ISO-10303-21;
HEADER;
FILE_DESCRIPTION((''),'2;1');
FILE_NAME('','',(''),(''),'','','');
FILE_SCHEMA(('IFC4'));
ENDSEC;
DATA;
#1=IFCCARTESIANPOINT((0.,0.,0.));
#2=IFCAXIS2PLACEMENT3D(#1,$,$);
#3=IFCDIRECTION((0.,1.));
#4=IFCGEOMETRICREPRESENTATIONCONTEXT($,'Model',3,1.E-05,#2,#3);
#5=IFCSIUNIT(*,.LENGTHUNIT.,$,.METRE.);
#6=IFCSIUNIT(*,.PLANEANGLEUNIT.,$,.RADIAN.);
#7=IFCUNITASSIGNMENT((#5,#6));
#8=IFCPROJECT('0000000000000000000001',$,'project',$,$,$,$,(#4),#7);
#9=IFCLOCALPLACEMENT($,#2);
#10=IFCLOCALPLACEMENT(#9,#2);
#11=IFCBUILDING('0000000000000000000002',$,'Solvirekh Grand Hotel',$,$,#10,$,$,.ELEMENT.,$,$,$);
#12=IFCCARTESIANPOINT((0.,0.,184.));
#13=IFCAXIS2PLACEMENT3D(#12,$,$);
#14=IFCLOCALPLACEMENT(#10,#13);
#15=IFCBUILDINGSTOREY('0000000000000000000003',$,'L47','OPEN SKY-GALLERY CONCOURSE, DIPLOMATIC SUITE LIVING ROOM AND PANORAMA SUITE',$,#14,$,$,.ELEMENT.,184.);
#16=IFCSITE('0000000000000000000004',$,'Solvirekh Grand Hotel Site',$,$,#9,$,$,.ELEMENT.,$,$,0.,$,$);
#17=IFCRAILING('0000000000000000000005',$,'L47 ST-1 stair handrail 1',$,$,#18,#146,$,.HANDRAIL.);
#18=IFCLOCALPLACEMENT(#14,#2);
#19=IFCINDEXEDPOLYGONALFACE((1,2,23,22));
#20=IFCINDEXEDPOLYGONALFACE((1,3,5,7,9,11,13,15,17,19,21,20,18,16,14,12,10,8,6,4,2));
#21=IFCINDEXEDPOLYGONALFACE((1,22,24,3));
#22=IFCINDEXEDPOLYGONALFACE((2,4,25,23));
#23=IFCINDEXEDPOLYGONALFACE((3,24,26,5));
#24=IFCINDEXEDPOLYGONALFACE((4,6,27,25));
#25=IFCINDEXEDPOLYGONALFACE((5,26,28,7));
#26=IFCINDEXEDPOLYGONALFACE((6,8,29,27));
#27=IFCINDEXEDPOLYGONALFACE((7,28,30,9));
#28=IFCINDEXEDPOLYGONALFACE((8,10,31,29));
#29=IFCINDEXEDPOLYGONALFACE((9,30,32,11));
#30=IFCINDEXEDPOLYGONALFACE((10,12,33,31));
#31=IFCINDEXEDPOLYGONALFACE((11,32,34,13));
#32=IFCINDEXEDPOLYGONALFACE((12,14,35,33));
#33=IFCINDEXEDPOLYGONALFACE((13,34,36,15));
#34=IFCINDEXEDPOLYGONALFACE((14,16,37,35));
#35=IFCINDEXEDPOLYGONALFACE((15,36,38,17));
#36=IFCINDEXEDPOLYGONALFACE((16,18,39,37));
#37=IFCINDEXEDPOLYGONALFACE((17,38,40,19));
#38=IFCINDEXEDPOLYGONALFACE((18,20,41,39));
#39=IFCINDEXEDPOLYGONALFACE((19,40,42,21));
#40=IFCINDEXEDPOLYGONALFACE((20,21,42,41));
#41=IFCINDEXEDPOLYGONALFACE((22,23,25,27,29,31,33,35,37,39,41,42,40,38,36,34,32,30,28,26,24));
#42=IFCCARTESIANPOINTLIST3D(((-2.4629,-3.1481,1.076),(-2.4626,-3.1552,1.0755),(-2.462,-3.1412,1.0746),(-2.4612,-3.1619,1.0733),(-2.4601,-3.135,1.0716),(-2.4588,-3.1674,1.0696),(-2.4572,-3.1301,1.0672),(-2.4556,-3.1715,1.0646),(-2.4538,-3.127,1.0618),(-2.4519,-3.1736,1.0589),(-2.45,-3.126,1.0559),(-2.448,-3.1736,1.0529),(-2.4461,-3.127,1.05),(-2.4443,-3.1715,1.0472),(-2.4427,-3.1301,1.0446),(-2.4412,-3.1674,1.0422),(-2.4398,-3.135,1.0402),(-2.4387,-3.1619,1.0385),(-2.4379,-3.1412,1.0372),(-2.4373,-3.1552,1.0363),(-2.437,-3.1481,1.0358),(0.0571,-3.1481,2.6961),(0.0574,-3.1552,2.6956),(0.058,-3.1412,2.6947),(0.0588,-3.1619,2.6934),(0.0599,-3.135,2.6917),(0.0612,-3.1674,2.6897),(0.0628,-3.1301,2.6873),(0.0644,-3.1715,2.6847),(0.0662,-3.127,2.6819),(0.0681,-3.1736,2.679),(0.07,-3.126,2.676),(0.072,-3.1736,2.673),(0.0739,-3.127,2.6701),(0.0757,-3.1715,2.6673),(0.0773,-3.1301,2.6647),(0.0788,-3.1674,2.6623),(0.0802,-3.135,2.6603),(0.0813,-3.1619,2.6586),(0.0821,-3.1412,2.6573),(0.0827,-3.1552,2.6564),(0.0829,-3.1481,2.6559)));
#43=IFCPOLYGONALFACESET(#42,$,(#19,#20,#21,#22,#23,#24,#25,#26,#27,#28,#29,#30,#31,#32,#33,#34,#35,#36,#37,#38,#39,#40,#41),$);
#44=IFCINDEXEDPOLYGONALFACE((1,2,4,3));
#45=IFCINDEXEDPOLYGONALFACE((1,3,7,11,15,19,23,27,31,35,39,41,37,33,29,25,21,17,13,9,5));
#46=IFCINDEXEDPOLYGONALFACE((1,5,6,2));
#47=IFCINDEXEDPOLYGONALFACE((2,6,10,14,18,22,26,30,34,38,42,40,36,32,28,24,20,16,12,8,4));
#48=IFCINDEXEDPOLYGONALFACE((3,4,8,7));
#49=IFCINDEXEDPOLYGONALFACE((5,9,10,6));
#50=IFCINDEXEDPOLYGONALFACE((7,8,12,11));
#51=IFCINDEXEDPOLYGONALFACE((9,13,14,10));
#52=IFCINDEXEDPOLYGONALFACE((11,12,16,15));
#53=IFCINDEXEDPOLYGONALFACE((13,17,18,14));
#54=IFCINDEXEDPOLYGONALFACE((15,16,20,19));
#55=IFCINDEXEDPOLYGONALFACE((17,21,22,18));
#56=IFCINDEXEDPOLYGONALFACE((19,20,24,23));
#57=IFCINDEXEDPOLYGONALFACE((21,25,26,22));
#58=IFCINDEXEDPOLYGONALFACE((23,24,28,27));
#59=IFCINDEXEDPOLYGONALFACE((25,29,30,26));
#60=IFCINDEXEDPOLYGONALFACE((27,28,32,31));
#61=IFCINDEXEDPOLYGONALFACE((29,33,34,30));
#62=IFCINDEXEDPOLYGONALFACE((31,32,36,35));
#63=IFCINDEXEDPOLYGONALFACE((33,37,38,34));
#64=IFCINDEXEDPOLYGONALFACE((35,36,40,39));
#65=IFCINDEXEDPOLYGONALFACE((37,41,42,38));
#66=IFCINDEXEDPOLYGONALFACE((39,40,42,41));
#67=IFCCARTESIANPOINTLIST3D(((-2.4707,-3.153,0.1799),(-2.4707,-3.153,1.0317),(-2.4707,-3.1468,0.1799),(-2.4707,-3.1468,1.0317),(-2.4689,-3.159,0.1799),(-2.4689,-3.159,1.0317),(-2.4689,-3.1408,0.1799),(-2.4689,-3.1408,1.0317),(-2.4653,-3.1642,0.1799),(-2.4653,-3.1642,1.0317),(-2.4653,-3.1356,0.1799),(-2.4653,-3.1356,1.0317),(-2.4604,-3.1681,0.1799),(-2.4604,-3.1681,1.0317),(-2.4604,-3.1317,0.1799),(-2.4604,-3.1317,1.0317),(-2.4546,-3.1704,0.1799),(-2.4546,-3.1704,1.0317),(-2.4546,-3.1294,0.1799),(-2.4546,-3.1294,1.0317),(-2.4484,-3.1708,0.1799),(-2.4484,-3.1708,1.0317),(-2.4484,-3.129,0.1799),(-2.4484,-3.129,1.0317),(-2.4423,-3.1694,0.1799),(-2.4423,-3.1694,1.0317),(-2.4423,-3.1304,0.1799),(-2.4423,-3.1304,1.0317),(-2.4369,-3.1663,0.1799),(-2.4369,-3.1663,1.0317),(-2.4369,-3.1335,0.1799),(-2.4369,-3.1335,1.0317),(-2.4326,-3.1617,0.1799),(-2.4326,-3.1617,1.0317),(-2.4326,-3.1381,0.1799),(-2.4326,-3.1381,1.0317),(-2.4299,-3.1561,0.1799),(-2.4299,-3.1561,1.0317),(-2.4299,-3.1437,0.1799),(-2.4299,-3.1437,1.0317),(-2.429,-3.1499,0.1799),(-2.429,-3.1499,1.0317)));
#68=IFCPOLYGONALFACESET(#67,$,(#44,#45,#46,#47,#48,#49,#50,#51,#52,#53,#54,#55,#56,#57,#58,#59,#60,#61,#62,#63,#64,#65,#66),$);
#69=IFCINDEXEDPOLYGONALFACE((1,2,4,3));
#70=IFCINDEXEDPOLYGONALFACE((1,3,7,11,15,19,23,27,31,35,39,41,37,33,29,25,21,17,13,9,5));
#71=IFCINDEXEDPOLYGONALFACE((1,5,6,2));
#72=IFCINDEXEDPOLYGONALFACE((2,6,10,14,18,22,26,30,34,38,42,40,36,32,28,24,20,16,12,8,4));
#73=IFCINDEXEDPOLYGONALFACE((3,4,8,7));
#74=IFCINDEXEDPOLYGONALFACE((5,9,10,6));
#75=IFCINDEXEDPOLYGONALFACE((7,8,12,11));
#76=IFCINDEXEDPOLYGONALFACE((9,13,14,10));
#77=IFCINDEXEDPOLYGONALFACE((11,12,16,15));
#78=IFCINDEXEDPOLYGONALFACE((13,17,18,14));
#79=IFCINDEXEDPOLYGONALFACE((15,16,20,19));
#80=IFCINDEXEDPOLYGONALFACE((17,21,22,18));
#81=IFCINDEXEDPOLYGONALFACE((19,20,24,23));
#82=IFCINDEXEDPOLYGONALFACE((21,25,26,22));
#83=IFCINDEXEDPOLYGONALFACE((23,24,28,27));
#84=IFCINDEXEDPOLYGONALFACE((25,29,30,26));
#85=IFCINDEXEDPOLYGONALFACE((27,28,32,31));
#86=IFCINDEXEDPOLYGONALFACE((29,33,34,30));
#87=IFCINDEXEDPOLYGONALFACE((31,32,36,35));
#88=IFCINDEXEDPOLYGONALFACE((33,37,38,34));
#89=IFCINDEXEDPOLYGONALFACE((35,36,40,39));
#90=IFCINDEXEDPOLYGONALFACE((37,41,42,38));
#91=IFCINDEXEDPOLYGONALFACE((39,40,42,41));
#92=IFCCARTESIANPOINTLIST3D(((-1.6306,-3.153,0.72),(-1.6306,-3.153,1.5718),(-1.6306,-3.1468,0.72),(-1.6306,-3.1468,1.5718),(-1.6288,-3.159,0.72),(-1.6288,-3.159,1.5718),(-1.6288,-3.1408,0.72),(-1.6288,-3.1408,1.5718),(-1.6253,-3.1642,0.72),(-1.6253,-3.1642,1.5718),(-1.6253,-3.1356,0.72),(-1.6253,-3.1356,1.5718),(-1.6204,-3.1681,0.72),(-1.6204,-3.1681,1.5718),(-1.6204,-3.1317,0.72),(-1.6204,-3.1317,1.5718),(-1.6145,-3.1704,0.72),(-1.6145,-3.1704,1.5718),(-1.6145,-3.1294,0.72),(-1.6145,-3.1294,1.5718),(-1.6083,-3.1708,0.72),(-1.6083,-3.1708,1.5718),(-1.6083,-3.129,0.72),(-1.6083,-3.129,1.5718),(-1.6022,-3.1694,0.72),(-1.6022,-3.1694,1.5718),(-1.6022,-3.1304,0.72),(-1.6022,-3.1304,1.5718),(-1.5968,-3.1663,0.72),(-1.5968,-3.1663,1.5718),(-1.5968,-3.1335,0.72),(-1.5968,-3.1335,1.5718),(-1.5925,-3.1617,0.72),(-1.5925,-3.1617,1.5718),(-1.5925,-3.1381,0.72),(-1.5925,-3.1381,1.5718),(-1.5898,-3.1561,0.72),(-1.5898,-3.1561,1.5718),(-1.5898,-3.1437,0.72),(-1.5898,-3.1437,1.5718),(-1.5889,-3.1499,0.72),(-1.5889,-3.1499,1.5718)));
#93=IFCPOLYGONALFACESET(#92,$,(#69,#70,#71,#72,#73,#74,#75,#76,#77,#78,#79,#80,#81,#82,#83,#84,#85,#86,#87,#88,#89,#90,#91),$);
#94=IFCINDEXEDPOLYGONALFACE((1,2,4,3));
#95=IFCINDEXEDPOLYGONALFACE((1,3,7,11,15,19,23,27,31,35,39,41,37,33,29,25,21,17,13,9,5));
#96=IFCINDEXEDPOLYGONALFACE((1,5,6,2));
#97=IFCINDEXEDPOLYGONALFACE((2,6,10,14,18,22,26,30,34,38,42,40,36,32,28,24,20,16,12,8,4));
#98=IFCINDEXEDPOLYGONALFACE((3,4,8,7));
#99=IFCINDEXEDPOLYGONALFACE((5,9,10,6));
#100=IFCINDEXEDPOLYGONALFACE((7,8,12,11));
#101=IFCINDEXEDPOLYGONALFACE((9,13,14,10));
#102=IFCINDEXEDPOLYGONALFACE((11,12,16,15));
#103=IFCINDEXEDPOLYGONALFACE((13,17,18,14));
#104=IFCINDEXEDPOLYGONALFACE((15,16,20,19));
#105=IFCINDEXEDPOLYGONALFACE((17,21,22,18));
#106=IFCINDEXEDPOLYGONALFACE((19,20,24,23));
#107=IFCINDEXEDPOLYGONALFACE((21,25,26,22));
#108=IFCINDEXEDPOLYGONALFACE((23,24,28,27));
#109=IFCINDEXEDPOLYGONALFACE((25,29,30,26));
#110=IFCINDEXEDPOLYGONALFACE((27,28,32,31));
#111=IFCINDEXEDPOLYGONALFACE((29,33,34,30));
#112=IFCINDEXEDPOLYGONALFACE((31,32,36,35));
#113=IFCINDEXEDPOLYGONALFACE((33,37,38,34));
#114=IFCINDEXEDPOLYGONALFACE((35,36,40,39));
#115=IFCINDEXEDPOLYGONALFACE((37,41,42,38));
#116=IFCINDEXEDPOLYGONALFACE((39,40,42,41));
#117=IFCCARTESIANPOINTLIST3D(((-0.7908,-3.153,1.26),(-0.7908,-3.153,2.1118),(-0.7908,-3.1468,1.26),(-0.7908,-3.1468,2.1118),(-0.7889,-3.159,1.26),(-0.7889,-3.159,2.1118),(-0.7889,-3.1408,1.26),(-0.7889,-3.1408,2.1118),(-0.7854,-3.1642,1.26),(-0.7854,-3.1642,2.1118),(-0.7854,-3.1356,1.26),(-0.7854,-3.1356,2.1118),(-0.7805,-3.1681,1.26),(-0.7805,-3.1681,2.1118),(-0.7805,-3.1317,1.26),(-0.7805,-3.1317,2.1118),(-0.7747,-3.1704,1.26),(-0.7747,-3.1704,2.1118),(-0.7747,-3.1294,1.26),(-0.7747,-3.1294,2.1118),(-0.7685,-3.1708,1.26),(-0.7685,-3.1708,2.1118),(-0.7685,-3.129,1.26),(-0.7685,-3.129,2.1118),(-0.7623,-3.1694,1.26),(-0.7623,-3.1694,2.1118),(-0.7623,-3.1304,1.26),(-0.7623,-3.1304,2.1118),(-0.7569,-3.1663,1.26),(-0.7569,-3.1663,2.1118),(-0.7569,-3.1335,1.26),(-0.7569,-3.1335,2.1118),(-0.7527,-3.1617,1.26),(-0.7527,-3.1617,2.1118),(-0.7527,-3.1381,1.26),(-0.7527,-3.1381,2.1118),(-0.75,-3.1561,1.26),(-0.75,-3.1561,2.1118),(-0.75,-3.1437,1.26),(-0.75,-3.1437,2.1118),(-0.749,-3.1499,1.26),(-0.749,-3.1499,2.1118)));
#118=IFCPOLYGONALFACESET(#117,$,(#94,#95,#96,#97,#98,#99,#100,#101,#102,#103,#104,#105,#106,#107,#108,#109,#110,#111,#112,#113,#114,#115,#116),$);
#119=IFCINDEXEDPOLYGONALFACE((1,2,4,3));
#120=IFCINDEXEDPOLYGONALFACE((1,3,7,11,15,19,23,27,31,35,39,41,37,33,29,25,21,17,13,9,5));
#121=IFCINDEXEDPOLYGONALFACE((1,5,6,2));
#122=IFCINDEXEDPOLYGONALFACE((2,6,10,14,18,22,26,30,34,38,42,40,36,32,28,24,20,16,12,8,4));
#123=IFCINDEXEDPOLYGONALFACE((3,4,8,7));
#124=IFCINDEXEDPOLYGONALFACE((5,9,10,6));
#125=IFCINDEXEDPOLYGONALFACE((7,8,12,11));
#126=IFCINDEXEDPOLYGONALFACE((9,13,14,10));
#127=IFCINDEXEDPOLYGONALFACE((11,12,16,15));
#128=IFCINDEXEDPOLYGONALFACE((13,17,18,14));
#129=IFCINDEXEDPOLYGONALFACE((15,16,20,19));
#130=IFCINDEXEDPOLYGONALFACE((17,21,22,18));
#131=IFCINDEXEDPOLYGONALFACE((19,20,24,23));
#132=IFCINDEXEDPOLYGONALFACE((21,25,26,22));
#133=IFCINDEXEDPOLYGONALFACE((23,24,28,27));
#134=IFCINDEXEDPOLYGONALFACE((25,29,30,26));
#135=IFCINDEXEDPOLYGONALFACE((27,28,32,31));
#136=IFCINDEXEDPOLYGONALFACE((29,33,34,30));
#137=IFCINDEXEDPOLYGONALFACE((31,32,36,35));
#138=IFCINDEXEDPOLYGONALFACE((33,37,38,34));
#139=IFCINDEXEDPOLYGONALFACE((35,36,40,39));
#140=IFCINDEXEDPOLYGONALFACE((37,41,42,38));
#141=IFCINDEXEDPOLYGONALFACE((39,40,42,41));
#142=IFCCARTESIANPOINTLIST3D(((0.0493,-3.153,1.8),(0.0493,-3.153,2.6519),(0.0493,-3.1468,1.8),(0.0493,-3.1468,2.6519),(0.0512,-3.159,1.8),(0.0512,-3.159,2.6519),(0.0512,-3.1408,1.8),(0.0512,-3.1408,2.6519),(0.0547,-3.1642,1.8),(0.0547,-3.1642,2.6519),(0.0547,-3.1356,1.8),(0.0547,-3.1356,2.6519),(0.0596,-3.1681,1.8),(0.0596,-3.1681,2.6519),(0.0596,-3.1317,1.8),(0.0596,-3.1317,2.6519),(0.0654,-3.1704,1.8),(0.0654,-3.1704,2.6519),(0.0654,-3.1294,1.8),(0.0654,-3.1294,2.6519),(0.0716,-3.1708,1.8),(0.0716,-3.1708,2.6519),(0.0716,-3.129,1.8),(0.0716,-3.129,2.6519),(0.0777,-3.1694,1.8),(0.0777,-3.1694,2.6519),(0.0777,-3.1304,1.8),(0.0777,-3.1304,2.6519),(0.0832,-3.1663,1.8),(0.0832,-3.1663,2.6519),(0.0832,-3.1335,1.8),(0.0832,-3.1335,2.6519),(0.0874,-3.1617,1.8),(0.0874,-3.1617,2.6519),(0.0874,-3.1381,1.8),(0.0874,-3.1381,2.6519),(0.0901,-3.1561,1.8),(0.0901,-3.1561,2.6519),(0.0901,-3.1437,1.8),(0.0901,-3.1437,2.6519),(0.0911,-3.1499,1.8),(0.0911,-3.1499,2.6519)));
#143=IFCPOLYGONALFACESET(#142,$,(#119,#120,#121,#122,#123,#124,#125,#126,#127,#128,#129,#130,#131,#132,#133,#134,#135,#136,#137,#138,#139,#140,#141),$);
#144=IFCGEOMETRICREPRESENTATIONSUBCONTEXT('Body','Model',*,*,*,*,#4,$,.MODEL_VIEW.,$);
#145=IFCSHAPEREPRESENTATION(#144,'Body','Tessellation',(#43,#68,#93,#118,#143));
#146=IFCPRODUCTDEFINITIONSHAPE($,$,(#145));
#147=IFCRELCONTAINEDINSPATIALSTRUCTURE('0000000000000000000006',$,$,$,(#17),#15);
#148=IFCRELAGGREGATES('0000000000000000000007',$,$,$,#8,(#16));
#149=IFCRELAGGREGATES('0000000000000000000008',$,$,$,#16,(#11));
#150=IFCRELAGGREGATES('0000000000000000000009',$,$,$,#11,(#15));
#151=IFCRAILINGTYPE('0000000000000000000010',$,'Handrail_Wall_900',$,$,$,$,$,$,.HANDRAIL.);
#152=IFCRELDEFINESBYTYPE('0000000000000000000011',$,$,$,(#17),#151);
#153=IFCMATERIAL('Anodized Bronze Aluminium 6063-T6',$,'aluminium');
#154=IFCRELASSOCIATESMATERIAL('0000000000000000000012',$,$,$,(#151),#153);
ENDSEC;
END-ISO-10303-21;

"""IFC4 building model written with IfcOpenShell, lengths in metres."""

from ifc_helpers import new_model, si_unit, direction, frame, origin, origin_2d, place, context, subcontext, project, spatial, circle, extrude, material, type_object, element, save


model = new_model("IFC4")

# Units and contexts
model_context = context("Model", 3, precision=1e-05, world=origin(), true_north=direction((0.0, 1.0)))
body_context = subcontext(model_context, "Body", "Model", "MODEL_VIEW")
ifc_project = project(units=[si_unit("LENGTHUNIT", "METRE"), si_unit("PLANEANGLEUNIT", "RADIAN")], contexts=[model_context])

# Site, building, storey
site_placement = place(None, origin())
site = spatial("IfcSite", under=ifc_project, at=site_placement, Name="Solvirekh Grand Hotel Site", CompositionType="ELEMENT", RefElevation=0.0)
building_placement = place(site_placement, origin())
building = spatial("IfcBuilding", under=site, at=building_placement, Name="Solvirekh Grand Hotel", CompositionType="ELEMENT")
storey_placement = place(building_placement, frame((0.0, 0.0, 184.0)))
storey = spatial("IfcBuildingStorey", under=building, at=storey_placement, Name="L47", Description="OPEN SKY-GALLERY CONCOURSE, DIPLOMATIC SUITE LIVING ROOM AND PANORAMA SUITE", CompositionType="ELEMENT", Elevation=184.0)

# Railing
ifc_material_1 = material(Name="Anodized Bronze Aluminium 6063-T6", Category="aluminium")
railing_type_1 = type_object("IfcRailingType", Name="Handrail_Wall_900", PredefinedType="HANDRAIL", material=ifc_material_1)
railing_1_placement = place(storey_placement, frame((-2.45, -3.1499, 0.1799)))
element("IfcRailing", 1, at=railing_1_placement, inside=storey, type_object=railing_type_1, Name="L47 ST-1 stair handrail 1", PredefinedType="HANDRAIL", context=body_context, shape_type="SweptSolid", body=[
    extrude(circle(Radius=0.0239, at=origin_2d()), frame((0.0, 0.0, 0.876), z_axis=(0.841163, 0.0, 0.540782), x_axis=(0.0, 1.0, 0.0)), (0.0, 0.0, 1.0), 2.9958),
    extrude(circle(Radius=0.021, at=origin_2d()), origin(), (0.0, 0.0, 1.0), 0.8518),
    extrude(circle(Radius=0.021, at=origin_2d()), frame((0.8401, 0.0, 0.54)), (0.0, 0.0, 1.0), 0.8518),
    extrude(circle(Radius=0.021, at=origin_2d()), frame((1.6799, 0.0, 1.0801)), (0.0, 0.0, 1.0), 0.8518),
    extrude(circle(Radius=0.021, at=origin_2d()), frame((2.52, 0.0, 1.6201)), (0.0, 0.0, 1.0), 0.8518),
])

save(model, "model.ifc")
